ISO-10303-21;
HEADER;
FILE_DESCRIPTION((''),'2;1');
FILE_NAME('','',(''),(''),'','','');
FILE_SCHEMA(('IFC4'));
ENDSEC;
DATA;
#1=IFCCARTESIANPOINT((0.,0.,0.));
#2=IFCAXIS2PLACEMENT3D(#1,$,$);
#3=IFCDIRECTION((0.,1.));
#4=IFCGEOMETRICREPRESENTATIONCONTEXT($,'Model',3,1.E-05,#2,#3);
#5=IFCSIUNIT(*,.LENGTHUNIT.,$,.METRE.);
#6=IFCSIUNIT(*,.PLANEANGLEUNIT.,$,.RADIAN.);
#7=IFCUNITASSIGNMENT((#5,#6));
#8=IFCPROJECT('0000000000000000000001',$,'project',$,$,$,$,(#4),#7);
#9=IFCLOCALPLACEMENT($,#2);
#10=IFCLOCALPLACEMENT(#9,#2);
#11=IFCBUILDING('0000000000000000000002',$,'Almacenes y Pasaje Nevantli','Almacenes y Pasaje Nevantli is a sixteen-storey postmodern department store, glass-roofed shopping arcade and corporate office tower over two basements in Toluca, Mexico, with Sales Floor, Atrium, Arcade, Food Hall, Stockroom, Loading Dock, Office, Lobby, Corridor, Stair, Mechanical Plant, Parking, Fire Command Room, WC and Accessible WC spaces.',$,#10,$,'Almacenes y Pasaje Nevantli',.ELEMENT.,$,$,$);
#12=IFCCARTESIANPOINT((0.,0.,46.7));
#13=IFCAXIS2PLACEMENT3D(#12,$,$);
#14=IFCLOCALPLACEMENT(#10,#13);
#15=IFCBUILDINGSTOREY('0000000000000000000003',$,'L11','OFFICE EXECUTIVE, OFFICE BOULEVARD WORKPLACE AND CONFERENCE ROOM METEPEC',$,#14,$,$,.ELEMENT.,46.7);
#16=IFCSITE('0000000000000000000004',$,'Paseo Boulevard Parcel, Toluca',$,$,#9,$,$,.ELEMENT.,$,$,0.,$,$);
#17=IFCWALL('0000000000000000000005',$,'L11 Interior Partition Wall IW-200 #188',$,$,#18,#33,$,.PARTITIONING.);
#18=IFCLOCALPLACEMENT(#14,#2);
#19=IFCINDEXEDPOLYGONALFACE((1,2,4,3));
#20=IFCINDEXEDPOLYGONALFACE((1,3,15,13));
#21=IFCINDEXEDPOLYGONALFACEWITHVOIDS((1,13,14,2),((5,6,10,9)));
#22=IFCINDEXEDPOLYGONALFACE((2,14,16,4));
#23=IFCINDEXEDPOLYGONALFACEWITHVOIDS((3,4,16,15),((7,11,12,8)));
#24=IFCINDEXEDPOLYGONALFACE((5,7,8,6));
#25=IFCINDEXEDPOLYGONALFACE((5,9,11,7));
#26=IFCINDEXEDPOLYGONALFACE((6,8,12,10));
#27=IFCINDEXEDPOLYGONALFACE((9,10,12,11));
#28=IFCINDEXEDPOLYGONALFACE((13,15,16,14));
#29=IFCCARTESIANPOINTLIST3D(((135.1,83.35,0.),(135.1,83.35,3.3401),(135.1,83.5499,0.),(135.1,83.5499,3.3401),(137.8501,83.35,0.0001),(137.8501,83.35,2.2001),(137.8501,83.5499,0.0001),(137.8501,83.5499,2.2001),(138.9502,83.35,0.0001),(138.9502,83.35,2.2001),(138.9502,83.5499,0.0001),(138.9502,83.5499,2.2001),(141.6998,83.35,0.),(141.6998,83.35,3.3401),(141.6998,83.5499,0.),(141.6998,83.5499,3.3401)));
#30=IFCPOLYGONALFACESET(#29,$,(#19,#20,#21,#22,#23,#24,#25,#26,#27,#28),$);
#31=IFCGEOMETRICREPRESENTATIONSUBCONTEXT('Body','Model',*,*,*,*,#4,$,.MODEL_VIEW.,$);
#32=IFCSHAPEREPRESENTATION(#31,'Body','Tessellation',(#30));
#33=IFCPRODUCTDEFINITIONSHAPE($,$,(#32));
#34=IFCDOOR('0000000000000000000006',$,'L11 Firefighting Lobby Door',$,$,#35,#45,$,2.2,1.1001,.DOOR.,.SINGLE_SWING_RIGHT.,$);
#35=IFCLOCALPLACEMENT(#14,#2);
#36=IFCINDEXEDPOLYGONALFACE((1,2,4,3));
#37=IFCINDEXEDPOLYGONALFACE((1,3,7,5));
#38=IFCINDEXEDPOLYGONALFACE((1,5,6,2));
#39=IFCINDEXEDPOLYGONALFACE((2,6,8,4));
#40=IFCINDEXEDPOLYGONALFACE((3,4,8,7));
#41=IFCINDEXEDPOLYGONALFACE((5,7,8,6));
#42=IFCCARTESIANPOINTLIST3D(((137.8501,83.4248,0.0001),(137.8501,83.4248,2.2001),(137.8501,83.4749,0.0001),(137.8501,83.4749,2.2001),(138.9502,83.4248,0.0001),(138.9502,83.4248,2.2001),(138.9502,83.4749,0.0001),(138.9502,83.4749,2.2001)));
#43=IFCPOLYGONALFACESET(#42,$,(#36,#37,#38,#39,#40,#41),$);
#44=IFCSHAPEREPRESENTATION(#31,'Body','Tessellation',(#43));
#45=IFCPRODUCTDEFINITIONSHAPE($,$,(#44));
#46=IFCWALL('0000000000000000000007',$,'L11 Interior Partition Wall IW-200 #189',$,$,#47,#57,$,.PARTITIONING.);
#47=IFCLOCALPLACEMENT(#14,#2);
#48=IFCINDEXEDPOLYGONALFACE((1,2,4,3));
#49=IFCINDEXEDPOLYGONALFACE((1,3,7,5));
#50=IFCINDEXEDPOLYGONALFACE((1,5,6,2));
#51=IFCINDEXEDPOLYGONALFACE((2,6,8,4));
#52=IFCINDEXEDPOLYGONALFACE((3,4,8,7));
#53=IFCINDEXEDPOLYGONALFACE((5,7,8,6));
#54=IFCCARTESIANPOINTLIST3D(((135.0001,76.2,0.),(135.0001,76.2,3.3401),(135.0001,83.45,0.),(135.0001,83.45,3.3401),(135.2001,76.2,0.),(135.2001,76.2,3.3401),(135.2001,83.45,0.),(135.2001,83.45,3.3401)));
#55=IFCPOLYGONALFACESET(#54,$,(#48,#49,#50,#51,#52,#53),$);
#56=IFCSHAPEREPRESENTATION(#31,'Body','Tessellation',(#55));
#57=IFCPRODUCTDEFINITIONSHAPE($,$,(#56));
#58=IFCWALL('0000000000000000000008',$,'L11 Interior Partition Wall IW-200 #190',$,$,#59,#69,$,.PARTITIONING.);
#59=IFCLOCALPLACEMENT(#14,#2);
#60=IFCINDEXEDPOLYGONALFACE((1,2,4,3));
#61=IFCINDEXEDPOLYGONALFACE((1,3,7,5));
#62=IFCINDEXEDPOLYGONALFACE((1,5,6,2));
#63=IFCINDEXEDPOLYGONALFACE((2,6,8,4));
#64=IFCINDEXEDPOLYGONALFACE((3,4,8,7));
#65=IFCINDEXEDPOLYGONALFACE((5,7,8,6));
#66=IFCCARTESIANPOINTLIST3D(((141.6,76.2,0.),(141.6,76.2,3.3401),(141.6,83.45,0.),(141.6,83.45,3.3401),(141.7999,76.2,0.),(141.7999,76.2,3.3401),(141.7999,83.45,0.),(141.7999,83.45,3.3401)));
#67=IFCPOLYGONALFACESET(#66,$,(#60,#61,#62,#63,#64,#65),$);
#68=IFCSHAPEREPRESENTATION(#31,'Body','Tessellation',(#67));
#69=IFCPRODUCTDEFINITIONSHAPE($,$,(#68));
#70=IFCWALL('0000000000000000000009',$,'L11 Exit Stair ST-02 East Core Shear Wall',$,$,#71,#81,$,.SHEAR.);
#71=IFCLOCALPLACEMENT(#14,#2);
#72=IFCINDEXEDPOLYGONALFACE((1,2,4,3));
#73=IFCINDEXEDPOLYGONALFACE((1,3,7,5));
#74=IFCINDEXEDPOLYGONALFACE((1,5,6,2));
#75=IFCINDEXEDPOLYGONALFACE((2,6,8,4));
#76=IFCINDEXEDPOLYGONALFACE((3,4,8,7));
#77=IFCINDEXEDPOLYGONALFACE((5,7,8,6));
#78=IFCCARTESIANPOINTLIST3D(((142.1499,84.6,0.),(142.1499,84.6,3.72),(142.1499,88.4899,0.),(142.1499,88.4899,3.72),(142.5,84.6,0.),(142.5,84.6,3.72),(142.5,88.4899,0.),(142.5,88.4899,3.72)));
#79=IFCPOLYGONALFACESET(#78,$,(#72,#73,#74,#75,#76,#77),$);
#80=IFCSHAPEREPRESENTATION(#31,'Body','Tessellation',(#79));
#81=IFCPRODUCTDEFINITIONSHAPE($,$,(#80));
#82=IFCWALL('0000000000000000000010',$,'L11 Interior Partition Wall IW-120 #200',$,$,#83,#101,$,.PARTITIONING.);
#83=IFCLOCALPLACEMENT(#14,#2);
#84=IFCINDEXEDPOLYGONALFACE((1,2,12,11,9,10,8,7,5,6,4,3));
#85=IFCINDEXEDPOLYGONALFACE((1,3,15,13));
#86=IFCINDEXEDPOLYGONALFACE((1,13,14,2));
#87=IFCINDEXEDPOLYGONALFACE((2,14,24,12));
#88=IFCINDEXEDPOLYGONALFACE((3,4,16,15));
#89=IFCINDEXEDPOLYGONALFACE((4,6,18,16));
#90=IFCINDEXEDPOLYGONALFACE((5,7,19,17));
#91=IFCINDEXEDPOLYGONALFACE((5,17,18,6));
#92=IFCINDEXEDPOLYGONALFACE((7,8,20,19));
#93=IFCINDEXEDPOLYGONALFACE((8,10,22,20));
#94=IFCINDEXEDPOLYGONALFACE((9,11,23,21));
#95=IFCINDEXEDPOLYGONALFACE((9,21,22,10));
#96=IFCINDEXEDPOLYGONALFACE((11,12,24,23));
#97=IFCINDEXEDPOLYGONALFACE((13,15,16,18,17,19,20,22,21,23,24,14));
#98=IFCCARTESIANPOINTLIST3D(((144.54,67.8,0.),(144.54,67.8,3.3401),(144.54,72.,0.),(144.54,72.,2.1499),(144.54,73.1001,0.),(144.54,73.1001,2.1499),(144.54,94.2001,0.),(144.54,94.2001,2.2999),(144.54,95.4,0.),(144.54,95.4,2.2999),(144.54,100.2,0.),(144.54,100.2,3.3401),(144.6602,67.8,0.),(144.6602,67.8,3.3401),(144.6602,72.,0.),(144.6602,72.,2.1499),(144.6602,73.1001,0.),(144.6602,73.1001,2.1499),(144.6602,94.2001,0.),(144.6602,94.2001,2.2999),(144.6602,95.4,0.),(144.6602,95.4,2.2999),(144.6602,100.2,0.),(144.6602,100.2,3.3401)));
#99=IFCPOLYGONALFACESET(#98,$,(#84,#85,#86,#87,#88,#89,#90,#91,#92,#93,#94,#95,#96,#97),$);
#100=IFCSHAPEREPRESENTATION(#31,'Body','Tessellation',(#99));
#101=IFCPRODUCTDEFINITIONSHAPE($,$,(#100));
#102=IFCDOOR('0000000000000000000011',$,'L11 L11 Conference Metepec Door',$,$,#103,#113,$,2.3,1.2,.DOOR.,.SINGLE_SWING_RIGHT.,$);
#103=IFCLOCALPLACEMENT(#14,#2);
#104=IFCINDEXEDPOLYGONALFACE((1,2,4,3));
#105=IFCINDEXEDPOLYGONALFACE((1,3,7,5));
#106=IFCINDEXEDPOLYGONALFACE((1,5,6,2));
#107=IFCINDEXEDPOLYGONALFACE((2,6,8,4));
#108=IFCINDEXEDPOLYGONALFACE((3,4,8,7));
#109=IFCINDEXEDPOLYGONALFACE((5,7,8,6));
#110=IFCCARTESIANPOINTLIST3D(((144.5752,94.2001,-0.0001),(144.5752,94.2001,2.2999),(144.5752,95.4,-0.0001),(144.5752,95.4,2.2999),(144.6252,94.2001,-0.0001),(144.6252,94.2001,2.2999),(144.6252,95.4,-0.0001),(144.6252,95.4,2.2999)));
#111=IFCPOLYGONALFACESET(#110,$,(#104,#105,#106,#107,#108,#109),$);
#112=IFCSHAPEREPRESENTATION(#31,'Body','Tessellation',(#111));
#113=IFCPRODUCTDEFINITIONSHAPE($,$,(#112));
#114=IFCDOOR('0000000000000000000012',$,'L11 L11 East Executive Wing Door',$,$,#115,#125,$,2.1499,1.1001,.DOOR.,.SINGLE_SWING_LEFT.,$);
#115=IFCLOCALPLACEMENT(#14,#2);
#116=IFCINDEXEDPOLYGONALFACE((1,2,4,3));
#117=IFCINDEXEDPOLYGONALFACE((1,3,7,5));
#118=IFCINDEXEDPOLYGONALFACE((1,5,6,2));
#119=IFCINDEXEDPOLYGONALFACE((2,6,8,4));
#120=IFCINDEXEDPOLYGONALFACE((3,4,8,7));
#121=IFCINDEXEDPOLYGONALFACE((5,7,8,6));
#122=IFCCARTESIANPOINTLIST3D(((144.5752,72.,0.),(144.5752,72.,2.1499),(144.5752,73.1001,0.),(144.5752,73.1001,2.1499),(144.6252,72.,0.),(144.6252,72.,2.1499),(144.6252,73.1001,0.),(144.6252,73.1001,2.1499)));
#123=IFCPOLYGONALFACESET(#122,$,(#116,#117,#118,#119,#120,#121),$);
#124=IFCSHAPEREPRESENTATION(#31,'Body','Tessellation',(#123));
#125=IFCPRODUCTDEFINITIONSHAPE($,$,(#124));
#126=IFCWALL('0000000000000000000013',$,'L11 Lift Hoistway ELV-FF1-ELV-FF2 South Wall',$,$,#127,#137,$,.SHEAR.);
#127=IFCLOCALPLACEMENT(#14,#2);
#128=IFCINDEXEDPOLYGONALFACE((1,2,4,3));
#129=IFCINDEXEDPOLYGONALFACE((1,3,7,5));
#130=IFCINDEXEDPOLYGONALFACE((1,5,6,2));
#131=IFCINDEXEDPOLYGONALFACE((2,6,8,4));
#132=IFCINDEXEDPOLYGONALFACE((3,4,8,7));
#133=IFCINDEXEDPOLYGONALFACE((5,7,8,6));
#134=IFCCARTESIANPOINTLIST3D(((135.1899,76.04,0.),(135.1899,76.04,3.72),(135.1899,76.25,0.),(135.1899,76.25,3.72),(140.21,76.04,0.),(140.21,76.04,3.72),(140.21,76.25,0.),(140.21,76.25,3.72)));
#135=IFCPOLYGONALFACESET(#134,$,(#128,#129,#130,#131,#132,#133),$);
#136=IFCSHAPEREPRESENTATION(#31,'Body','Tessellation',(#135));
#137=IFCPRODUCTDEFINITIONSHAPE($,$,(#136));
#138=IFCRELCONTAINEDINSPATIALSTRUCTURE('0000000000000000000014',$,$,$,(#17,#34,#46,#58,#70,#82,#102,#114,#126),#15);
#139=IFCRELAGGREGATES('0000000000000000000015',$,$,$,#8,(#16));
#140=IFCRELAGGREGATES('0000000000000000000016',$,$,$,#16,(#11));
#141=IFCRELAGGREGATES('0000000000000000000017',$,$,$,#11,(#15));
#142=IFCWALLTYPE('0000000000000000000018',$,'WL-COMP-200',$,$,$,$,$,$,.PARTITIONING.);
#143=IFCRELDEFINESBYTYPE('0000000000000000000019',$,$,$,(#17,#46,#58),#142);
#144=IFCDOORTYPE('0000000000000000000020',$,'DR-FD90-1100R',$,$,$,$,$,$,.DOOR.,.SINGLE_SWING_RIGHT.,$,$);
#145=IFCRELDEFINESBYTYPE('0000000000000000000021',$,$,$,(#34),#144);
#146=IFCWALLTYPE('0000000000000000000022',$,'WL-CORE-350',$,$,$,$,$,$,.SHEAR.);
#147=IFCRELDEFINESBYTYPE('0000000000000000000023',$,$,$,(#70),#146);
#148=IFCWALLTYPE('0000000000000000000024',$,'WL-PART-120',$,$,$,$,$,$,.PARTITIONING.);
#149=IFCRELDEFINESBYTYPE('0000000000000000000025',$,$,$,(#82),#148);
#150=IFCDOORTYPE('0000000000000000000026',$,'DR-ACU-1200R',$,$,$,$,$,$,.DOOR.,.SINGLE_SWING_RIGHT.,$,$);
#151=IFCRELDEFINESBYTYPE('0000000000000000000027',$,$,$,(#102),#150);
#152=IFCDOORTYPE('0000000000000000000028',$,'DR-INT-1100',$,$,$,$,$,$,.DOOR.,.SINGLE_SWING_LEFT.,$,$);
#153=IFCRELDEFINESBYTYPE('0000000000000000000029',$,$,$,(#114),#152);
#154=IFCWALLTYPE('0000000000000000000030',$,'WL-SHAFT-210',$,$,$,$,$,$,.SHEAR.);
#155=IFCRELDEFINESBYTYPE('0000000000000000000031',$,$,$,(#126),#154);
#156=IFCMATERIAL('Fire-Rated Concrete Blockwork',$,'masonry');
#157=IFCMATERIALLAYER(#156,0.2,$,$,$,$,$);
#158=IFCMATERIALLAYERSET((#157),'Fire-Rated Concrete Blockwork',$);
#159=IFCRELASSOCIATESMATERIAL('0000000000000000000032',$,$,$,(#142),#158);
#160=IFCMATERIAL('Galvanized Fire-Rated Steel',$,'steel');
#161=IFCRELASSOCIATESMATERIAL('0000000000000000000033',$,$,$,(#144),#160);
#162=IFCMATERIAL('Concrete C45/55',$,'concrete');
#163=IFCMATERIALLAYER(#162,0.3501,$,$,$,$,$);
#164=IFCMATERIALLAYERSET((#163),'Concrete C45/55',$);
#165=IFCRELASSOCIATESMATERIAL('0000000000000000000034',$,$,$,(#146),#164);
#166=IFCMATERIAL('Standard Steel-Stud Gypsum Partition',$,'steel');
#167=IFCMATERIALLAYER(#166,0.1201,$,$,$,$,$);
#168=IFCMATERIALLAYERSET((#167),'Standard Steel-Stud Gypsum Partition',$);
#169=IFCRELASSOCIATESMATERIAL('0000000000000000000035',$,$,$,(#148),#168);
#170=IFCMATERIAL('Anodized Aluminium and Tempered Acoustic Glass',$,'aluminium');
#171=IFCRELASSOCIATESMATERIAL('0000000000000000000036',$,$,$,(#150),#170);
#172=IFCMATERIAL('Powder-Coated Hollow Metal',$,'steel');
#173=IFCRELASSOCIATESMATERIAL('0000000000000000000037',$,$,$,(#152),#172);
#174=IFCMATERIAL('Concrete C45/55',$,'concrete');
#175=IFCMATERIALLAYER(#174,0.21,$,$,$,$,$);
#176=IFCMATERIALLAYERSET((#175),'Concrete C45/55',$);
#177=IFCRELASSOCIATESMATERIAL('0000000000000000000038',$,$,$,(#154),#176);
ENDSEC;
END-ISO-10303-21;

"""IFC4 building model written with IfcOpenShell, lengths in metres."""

from ifc_helpers import new_model, si_unit, direction, frame, frame_2d, origin, place, context, subcontext, project, spatial, rectangle, extrude, material, layer, layer_set, type_object, element, fill, save


model = new_model("IFC4")

# Units and contexts
model_context = context("Model", 3, precision=1e-05, world=origin(), true_north=direction((0.0, 1.0)))
body_context = subcontext(model_context, "Body", "Model", "MODEL_VIEW")
ifc_project = project(units=[si_unit("LENGTHUNIT", "METRE"), si_unit("PLANEANGLEUNIT", "RADIAN")], contexts=[model_context])

# Site, building, storey
site_placement = place(None, origin())
site = spatial("IfcSite", under=ifc_project, at=site_placement, Name="Paseo Boulevard Parcel, Toluca", CompositionType="ELEMENT", RefElevation=0.0)
building_placement = place(site_placement, origin())
building = spatial("IfcBuilding", under=site, at=building_placement, Name="Almacenes y Pasaje Nevantli", Description="Almacenes y Pasaje Nevantli is a sixteen-storey postmodern department store, glass-roofed shopping arcade and corporate office tower over two basements in Toluca, Mexico, with Sales Floor, Atrium, Arcade, Food Hall, Stockroom, Loading Dock, Office, Lobby, Corridor, Stair, Mechanical Plant, Parking, Fire Command Room, WC and Accessible WC spaces.", LongName="Almacenes y Pasaje Nevantli", CompositionType="ELEMENT")
storey_placement = place(building_placement, frame((0.0, 0.0, 46.7)))
storey = spatial("IfcBuildingStorey", under=building, at=storey_placement, Name="L11", Description="OFFICE EXECUTIVE, OFFICE BOULEVARD WORKPLACE AND CONFERENCE ROOM METEPEC", CompositionType="ELEMENT", Elevation=46.7)

# Wall, opening, door
ifc_material_1 = material(Name="Fire-Rated Concrete Blockwork", Category="masonry")
ifc_layer_1 = layer(ifc_material_1, 0.2)
ifc_layer_set_1 = layer_set([ifc_layer_1], Name="Fire-Rated Concrete Blockwork")
wall_type_1 = type_object("IfcWallType", Name="WL-COMP-200", PredefinedType="PARTITIONING", material=ifc_layer_set_1)
wall_1_placement = place(storey_placement, frame((135.1001, 83.45, 0.0), z_axis=(0.0, 0.0, 1.0), x_axis=(1.0, 0.0, 0.0)))
wall_1 = element("IfcWall", 1, at=wall_1_placement, inside=storey, type_object=wall_type_1, Name="L11 Interior Partition Wall IW-200 #188", PredefinedType="PARTITIONING", context=body_context, shape_type="SweptSolid", body=[
    extrude(rectangle(XDim=6.5999, YDim=0.2, at=frame_2d((3.2998, 0.0))), origin(), (0.0, 0.0, 1.0), 3.3401),
])
opening_1_placement = place(wall_1_placement, frame((2.75, 0.0, 0.0)))
opening_1 = element("IfcOpeningElement", 2, at=opening_1_placement, cuts=wall_1, PredefinedType="OPENING", context=body_context, shape_type="SweptSolid", body=[
    extrude(rectangle(XDim=1.1001, YDim=2.2, at=frame_2d((0.55, 1.1001))), frame((0.0, 0.1099, 0.0), z_axis=(0.0, -1.0, 0.0), x_axis=(1.0, 0.0, 0.0)), (0.0, 0.0, 1.0), 0.22),
])
ifc_material_2 = material(Name="Galvanized Fire-Rated Steel", Category="steel")
door_type_1 = type_object("IfcDoorType", Name="DR-FD90-1100R", OperationType="SINGLE_SWING_RIGHT", PredefinedType="DOOR", material=ifc_material_2)
door_1_placement = place(opening_1_placement, origin())
door_1 = element("IfcDoor", 3, at=door_1_placement, inside=storey, type_object=door_type_1, Name="L11 Firefighting Lobby Door", OperationType="SINGLE_SWING_RIGHT", OverallHeight=2.2, OverallWidth=1.1001, PredefinedType="DOOR", context=body_context, shape_type="SweptSolid", body=[
    extrude(rectangle(XDim=1.1001, YDim=2.2, at=frame_2d((0.55, 1.1001))), frame((0.0, 0.0249, 0.0), z_axis=(0.0, -1.0, 0.0), x_axis=(1.0, 0.0, 0.0)), (0.0, 0.0, 1.0), 0.05),
])
fill(opening_1, door_1)

# Walls
for number, where, z_axis, x_axis, name in (
    (4, (135.1001, 76.2, 0.0), (0.0, 0.0, 1.0), (0.0, 1.0, 0.0), "L11 Interior Partition Wall IW-200 #189"),
    (5, (141.7, 76.2, 0.0), (0.0, 0.0, 1.0), (0.0, 1.0, 0.0), "L11 Interior Partition Wall IW-200 #190"),
):
    element("IfcWall", number, at=place(storey_placement, frame(where, z_axis=z_axis, x_axis=x_axis)), inside=storey, type_object=wall_type_1, Name=name, PredefinedType="PARTITIONING", context=body_context, shape_type="SweptSolid", body=[
        extrude(rectangle(XDim=7.25, YDim=0.2, at=frame_2d((3.625, 0.0))), origin(), (0.0, 0.0, 1.0), 3.3401),
    ])
ifc_material_3 = material(Name="Concrete C45/55", Category="concrete")
ifc_layer_2 = layer(ifc_material_3, 0.3501)
ifc_layer_set_2 = layer_set([ifc_layer_2], Name="Concrete C45/55")
wall_type_2 = type_object("IfcWallType", Name="WL-CORE-350", PredefinedType="SHEAR", material=ifc_layer_set_2)
wall_2_placement = place(storey_placement, frame((142.325, 84.6001, 0.0), z_axis=(0.0, 0.0, 1.0), x_axis=(0.0, 1.0, 0.0)))
element("IfcWall", 6, at=wall_2_placement, inside=storey, type_object=wall_type_2, Name="L11 Exit Stair ST-02 East Core Shear Wall", PredefinedType="SHEAR", context=body_context, shape_type="SweptSolid", body=[
    extrude(rectangle(XDim=3.8899, YDim=0.3501, at=frame_2d((1.9448, 0.0))), origin(), (0.0, 0.0, 1.0), 3.72),
])

# Wall, openings, doors
ifc_material_4 = material(Name="Standard Steel-Stud Gypsum Partition", Category="steel")
ifc_layer_3 = layer(ifc_material_4, 0.1201)
ifc_layer_set_3 = layer_set([ifc_layer_3], Name="Standard Steel-Stud Gypsum Partition")
wall_type_3 = type_object("IfcWallType", Name="WL-PART-120", PredefinedType="PARTITIONING", material=ifc_layer_set_3)
wall_3_placement = place(storey_placement, frame((144.6001, 67.8, 0.0), z_axis=(0.0, 0.0, 1.0), x_axis=(0.0, 1.0, 0.0)))
wall_3 = element("IfcWall", 7, at=wall_3_placement, inside=storey, type_object=wall_type_3, Name="L11 Interior Partition Wall IW-120 #200", PredefinedType="PARTITIONING", context=body_context, shape_type="SweptSolid", body=[
    extrude(rectangle(XDim=32.3999, YDim=0.1201, at=frame_2d((16.2, 0.0))), origin(), (0.0, 0.0, 1.0), 3.3401),
])
opening_2_placement = place(wall_3_placement, frame((4.2, 0.0, 0.0)))
opening_2 = element("IfcOpeningElement", 8, at=opening_2_placement, cuts=wall_3, PredefinedType="OPENING", context=body_context, shape_type="SweptSolid", body=[
    extrude(rectangle(XDim=1.1001, YDim=2.1499, at=frame_2d((0.55, 1.075))), frame((0.0, 0.0701, 0.0), z_axis=(0.0, -1.0, 0.0), x_axis=(1.0, 0.0, 0.0)), (0.0, 0.0, 1.0), 0.1401),
])
opening_3_placement = place(wall_3_placement, frame((26.3999, 0.0, 0.0)))
opening_3 = element("IfcOpeningElement", 9, at=opening_3_placement, cuts=wall_3, PredefinedType="OPENING", context=body_context, shape_type="SweptSolid", body=[
    extrude(rectangle(XDim=1.2, YDim=2.3, at=frame_2d((0.6001, 1.1499))), frame((0.0, 0.0701, 0.0), z_axis=(0.0, -1.0, 0.0), x_axis=(1.0, 0.0, 0.0)), (0.0, 0.0, 1.0), 0.1401),
])
ifc_material_5 = material(Name="Anodized Aluminium and Tempered Acoustic Glass", Category="aluminium")
door_type_2 = type_object("IfcDoorType", Name="DR-ACU-1200R", OperationType="SINGLE_SWING_RIGHT", PredefinedType="DOOR", material=ifc_material_5)
door_2_placement = place(opening_3_placement, origin())
door_2 = element("IfcDoor", 10, at=door_2_placement, inside=storey, type_object=door_type_2, Name="L11 L11 Conference Metepec Door", OperationType="SINGLE_SWING_RIGHT", OverallHeight=2.3, OverallWidth=1.2, PredefinedType="DOOR", context=body_context, shape_type="SweptSolid", body=[
    extrude(rectangle(XDim=1.2, YDim=2.3, at=frame_2d((0.6001, 1.1499))), frame((0.0, 0.0249, 0.0), z_axis=(0.0, -1.0, 0.0), x_axis=(1.0, 0.0, 0.0)), (0.0, 0.0, 1.0), 0.05),
])
fill(opening_3, door_2)
ifc_material_6 = material(Name="Powder-Coated Hollow Metal", Category="steel")
door_type_3 = type_object("IfcDoorType", Name="DR-INT-1100", OperationType="SINGLE_SWING_LEFT", PredefinedType="DOOR", material=ifc_material_6)
door_3_placement = place(opening_2_placement, origin())
door_3 = element("IfcDoor", 11, at=door_3_placement, inside=storey, type_object=door_type_3, Name="L11 L11 East Executive Wing Door", OperationType="SINGLE_SWING_LEFT", OverallHeight=2.1499, OverallWidth=1.1001, PredefinedType="DOOR", context=body_context, shape_type="SweptSolid", body=[
    extrude(rectangle(XDim=1.1001, YDim=2.1499, at=frame_2d((0.55, 1.075))), frame((0.0, 0.0249, 0.0), z_axis=(0.0, -1.0, 0.0), x_axis=(1.0, 0.0, 0.0)), (0.0, 0.0, 1.0), 0.05),
])
fill(opening_2, door_3)

# Wall
ifc_material_7 = material(Name="Concrete C45/55", Category="concrete")
ifc_layer_4 = layer(ifc_material_7, 0.21)
ifc_layer_set_4 = layer_set([ifc_layer_4], Name="Concrete C45/55")
wall_type_4 = type_object("IfcWallType", Name="WL-SHAFT-210", PredefinedType="SHEAR", material=ifc_layer_set_4)
wall_4_placement = place(storey_placement, frame((135.1899, 76.145, 0.0), z_axis=(0.0, 0.0, 1.0), x_axis=(1.0, 0.0, 0.0)))
element("IfcWall", 12, at=wall_4_placement, inside=storey, type_object=wall_type_4, Name="L11 Lift Hoistway ELV-FF1-ELV-FF2 South Wall", PredefinedType="SHEAR", context=body_context, shape_type="SweptSolid", body=[
    extrude(rectangle(XDim=5.02, YDim=0.21, at=frame_2d((2.51, 0.0))), origin(), (0.0, 0.0, 1.0), 3.72),
])

save(model, "model.ifc")
